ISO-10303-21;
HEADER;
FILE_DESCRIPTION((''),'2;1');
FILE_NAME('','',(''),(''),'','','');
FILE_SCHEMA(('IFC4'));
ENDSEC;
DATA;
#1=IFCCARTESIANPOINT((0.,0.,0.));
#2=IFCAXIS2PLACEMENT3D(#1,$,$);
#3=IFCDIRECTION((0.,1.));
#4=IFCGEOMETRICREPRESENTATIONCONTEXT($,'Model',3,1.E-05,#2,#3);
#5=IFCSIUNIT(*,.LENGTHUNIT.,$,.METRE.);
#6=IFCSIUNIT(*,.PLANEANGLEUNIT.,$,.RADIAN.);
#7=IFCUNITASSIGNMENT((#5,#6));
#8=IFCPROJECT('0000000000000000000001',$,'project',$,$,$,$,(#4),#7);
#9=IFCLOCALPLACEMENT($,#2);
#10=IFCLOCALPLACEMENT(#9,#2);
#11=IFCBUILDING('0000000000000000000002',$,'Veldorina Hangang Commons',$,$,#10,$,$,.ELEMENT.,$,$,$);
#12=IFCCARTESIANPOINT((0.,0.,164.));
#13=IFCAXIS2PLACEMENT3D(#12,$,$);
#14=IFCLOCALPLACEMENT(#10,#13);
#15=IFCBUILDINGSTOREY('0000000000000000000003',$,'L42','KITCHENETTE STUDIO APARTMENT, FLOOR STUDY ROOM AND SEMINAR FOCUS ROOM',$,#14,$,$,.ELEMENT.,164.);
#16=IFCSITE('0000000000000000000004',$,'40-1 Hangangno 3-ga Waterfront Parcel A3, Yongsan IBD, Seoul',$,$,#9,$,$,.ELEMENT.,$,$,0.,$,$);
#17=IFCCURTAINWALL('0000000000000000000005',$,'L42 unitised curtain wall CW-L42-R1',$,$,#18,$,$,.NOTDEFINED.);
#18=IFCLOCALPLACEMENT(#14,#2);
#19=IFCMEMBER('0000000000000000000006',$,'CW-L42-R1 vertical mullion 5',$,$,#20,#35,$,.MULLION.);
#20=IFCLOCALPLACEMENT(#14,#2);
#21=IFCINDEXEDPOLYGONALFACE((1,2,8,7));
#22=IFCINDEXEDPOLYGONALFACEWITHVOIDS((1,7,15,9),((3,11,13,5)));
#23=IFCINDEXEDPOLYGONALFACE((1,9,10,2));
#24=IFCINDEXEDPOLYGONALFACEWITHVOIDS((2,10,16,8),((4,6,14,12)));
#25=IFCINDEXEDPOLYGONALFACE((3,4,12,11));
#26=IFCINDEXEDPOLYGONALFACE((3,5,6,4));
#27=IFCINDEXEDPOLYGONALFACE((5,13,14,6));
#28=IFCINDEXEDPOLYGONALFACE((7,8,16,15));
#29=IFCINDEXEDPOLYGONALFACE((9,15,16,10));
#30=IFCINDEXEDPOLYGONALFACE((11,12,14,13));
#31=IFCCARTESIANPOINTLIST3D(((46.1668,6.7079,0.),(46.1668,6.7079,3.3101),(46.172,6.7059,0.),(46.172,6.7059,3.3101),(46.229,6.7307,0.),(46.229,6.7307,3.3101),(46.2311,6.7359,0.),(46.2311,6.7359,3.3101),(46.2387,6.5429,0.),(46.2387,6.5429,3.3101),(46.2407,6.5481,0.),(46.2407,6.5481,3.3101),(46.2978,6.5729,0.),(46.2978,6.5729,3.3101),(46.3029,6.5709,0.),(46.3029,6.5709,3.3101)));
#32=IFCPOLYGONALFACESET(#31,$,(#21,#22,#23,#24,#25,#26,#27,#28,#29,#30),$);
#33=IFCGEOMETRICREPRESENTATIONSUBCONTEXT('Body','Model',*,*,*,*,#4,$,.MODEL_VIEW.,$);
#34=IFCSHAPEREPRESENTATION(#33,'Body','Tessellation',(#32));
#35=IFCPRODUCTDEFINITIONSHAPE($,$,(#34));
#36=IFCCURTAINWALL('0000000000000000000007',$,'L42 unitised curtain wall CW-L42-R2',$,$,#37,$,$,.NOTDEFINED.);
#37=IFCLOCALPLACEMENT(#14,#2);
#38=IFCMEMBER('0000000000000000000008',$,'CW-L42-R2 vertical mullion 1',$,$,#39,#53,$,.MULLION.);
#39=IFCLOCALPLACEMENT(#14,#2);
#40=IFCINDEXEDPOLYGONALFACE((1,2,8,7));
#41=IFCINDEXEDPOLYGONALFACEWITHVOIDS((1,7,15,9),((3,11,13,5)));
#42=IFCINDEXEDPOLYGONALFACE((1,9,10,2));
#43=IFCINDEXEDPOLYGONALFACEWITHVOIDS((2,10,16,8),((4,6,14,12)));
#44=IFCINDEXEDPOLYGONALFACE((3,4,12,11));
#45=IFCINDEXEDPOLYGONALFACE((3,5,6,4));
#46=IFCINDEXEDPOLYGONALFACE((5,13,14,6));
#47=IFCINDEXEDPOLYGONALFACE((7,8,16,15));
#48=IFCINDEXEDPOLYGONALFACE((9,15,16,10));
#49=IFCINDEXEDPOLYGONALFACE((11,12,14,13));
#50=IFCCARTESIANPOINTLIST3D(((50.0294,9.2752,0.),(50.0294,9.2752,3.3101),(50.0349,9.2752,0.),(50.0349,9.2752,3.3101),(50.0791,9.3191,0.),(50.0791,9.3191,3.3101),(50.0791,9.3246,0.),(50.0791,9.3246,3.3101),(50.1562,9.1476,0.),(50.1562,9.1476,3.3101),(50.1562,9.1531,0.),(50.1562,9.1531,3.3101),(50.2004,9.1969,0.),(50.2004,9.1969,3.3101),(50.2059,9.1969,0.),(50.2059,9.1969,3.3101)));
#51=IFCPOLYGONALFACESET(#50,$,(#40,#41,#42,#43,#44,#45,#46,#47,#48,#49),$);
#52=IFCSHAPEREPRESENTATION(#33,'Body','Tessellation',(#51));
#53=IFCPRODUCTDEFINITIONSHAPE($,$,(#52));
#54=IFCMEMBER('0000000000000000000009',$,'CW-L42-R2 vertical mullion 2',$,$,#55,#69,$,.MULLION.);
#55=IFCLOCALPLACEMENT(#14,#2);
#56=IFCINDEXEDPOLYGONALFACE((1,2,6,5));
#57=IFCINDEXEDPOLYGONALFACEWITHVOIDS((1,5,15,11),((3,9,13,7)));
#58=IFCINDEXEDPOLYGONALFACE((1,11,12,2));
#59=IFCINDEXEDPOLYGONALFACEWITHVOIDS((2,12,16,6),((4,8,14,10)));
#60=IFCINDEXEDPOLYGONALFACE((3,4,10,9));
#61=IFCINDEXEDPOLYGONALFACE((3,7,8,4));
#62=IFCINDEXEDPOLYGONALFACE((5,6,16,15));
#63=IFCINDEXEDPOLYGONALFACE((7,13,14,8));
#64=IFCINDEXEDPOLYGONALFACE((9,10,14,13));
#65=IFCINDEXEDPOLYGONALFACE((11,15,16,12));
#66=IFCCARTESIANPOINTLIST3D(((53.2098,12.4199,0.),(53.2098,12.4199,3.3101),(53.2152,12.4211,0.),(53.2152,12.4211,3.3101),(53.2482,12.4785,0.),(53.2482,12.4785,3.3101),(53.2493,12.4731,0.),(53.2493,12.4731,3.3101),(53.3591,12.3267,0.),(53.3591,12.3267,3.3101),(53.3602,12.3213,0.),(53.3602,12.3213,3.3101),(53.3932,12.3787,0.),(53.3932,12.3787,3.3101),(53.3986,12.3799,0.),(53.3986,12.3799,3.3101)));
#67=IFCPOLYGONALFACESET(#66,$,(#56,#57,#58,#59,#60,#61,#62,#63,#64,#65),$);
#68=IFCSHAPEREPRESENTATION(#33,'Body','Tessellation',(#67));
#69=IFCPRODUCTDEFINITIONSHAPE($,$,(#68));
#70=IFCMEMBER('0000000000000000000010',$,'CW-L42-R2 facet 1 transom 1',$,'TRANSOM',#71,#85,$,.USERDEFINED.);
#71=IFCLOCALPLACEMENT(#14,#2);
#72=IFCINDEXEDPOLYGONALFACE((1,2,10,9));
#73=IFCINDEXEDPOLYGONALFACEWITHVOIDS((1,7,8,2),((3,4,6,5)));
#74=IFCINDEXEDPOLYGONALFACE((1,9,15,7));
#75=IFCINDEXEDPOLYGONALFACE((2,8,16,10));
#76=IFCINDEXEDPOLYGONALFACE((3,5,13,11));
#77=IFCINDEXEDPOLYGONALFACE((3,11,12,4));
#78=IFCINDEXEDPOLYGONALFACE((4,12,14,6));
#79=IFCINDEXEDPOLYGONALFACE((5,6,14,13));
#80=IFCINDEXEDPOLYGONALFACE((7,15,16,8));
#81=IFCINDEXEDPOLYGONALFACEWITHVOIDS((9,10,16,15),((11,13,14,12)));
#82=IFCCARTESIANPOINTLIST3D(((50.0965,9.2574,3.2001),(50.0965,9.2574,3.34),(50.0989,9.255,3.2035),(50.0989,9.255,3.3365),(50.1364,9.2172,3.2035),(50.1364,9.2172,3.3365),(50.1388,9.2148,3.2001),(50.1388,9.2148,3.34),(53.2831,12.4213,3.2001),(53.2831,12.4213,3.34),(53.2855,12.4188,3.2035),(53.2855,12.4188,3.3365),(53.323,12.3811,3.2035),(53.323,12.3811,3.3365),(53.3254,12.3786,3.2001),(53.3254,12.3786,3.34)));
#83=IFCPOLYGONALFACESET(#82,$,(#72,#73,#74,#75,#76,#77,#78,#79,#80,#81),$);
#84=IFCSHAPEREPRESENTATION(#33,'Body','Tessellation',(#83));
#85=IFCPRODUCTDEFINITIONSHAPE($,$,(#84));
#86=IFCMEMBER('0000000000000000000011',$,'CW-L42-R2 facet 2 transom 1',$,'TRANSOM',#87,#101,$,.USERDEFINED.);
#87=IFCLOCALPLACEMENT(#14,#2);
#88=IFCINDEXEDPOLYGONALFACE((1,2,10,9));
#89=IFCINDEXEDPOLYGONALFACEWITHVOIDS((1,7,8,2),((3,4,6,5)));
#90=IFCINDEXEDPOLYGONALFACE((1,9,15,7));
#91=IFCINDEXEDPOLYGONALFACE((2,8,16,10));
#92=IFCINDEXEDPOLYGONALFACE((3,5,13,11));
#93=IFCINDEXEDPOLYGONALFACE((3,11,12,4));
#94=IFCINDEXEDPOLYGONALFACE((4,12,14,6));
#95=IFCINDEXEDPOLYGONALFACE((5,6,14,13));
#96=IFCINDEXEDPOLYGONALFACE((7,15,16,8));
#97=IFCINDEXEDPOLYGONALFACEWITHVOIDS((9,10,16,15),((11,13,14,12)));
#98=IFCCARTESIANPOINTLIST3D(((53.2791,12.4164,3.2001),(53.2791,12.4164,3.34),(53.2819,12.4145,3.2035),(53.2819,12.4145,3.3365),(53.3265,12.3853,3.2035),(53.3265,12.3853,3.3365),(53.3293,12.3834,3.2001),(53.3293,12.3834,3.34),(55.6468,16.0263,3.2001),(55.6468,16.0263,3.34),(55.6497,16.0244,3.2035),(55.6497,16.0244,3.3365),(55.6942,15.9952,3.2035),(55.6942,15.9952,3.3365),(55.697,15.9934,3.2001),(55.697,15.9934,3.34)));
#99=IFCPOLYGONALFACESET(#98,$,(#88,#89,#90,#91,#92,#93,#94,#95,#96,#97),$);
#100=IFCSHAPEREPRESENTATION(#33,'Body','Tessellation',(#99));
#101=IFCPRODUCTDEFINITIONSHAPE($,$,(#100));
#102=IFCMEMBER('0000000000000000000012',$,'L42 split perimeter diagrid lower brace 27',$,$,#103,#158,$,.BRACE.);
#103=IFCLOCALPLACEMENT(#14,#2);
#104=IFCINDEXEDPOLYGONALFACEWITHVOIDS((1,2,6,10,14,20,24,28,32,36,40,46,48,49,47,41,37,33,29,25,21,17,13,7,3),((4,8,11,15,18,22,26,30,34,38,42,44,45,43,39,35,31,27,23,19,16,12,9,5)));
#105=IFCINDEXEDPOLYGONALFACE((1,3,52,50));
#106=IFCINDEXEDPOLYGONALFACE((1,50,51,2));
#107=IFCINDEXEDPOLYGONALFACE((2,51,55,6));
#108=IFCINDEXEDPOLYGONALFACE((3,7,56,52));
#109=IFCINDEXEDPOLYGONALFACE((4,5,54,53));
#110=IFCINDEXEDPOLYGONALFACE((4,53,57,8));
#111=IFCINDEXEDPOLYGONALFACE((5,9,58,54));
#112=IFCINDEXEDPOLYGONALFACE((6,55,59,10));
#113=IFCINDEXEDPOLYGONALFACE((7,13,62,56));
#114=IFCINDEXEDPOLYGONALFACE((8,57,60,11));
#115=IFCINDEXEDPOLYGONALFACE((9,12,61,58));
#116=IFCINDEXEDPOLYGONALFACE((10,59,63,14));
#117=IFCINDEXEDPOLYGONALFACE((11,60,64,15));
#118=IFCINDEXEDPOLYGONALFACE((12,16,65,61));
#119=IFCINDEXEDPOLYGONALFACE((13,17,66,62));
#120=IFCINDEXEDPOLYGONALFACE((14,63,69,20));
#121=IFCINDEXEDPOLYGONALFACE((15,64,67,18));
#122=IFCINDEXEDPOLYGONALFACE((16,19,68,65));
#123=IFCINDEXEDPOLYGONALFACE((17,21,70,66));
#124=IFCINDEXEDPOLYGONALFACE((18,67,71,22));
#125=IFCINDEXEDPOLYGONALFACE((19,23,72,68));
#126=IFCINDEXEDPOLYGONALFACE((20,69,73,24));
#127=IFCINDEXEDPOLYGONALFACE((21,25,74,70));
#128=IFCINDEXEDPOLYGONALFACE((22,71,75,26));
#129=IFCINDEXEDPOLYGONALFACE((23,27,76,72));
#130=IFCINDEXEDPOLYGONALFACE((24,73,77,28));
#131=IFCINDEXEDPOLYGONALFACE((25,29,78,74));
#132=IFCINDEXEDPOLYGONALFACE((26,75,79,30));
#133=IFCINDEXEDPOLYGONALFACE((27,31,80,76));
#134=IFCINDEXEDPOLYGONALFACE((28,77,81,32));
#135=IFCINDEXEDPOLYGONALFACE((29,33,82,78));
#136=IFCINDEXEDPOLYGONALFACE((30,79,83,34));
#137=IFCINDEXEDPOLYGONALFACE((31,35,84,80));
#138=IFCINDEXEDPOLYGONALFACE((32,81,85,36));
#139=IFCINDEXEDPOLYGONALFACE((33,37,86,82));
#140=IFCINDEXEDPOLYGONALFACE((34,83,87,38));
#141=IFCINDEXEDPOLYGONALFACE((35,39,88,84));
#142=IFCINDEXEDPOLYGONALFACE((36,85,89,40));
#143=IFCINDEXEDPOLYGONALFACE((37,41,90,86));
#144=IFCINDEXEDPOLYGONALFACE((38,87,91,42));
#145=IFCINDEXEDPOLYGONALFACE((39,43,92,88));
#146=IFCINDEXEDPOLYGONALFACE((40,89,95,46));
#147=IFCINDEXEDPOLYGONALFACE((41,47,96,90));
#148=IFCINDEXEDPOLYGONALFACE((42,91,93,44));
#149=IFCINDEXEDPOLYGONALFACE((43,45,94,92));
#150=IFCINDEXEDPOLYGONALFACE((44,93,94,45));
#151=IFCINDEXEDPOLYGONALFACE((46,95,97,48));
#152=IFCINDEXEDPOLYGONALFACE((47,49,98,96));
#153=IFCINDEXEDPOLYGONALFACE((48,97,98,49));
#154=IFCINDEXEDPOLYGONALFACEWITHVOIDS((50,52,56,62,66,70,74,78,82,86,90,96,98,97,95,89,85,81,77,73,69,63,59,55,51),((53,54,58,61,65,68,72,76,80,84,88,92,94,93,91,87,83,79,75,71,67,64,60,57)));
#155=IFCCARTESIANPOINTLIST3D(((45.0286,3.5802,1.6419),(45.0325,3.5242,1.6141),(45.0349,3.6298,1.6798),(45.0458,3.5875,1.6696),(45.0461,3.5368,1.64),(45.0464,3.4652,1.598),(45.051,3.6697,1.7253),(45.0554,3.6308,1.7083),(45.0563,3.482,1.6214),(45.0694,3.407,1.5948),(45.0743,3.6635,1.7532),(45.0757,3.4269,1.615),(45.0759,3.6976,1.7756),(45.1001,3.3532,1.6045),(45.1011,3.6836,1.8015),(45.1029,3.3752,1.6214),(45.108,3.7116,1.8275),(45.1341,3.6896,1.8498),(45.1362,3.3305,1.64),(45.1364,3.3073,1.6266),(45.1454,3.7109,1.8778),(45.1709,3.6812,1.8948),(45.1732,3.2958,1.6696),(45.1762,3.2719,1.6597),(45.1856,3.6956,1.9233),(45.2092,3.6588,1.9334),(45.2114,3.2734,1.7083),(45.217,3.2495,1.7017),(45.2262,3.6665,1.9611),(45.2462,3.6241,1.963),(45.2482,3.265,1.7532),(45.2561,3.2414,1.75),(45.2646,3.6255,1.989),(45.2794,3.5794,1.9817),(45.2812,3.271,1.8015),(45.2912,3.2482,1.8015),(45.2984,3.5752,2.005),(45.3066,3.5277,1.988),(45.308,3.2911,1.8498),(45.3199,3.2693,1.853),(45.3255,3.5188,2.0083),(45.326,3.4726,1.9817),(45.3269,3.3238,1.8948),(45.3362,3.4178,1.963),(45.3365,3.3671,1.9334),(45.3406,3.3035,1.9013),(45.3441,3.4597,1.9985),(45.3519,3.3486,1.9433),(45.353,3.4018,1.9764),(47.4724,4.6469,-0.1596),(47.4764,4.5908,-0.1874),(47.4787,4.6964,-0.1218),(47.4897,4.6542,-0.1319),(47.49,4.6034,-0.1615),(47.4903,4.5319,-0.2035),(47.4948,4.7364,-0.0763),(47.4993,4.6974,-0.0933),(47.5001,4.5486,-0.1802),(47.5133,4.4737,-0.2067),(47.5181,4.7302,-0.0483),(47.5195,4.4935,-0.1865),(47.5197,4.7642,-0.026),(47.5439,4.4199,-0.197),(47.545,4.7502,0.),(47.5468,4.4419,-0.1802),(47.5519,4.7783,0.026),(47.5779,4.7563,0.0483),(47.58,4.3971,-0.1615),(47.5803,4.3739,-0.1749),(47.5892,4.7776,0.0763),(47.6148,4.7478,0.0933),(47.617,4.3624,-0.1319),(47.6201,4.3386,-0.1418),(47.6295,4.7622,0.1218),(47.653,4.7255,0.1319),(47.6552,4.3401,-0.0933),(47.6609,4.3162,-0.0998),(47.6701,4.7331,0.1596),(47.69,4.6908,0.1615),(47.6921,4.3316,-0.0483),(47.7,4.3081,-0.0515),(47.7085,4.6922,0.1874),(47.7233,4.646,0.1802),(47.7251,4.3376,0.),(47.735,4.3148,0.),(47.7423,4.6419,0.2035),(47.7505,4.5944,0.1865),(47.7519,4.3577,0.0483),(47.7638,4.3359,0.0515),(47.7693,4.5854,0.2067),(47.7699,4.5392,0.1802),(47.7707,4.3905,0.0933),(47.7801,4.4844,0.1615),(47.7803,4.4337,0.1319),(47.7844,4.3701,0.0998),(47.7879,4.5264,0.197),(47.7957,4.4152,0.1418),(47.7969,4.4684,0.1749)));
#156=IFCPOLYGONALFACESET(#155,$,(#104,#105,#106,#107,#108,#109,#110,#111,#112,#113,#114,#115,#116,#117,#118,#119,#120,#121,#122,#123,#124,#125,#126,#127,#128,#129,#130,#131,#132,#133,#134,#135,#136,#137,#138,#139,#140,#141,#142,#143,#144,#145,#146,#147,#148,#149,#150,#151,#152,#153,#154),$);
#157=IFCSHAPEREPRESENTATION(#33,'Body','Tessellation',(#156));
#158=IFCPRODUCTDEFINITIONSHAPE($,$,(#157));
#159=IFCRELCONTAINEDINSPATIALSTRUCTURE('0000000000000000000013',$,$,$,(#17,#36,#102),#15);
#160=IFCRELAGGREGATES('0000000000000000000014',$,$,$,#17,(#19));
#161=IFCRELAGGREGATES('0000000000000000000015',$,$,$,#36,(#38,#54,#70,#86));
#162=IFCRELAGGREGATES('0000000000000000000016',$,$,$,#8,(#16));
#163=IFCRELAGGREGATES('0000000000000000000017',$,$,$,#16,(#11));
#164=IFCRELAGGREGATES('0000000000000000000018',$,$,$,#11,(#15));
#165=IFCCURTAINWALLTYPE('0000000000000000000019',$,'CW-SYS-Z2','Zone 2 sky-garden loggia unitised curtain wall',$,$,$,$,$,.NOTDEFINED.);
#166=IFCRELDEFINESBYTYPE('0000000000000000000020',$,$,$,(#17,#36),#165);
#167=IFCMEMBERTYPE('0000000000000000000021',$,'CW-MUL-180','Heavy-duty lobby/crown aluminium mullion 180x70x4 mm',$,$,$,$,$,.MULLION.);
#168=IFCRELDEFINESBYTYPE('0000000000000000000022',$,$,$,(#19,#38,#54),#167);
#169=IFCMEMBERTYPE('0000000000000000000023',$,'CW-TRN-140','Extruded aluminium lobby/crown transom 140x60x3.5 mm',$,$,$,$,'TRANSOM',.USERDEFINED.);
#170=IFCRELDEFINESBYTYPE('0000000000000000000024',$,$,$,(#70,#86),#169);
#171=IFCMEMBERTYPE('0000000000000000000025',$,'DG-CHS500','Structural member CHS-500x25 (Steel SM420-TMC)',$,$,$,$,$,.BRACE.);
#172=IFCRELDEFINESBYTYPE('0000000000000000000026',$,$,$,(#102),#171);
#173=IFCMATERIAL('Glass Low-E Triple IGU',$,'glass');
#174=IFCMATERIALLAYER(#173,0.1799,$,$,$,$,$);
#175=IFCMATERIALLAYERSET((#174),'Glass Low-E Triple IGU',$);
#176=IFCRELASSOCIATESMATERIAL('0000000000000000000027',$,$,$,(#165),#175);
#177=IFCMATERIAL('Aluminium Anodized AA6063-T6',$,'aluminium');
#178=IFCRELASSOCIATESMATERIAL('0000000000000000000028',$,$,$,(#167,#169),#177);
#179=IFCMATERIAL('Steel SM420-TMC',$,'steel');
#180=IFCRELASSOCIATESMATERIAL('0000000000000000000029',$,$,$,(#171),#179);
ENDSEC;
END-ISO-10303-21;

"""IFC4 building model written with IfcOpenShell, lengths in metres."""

from ifc_helpers import new_model, si_unit, direction, frame, origin, origin_2d, place, context, subcontext, project, spatial, hollow_rectangle, hollow_circle, extrude, material, layer, layer_set, material_profile, profile_set, type_object, element, aggregate, save


model = new_model("IFC4")

# Units and contexts
model_context = context("Model", 3, precision=1e-05, world=origin(), true_north=direction((0.0, 1.0)))
body_context = subcontext(model_context, "Body", "Model", "MODEL_VIEW")
ifc_project = project(units=[si_unit("LENGTHUNIT", "METRE"), si_unit("PLANEANGLEUNIT", "RADIAN")], contexts=[model_context])

# Site, building, storey
site_placement = place(None, origin())
site = spatial("IfcSite", under=ifc_project, at=site_placement, Name="40-1 Hangangno 3-ga Waterfront Parcel A3, Yongsan IBD, Seoul", CompositionType="ELEMENT", RefElevation=0.0)
building_placement = place(site_placement, origin())
building = spatial("IfcBuilding", under=site, at=building_placement, Name="Veldorina Hangang Commons", CompositionType="ELEMENT")
storey_placement = place(building_placement, frame((0.0, 0.0, 164.0)))
storey = spatial("IfcBuildingStorey", under=building, at=storey_placement, Name="L42", Description="KITCHENETTE STUDIO APARTMENT, FLOOR STUDY ROOM AND SEMINAR FOCUS ROOM", CompositionType="ELEMENT", Elevation=164.0)

# Shared definitions
ifc_material_1 = material(Name="Steel SM420-TMC", Category="steel")

# Curtain wall, member
ifc_material_2 = material(Name="Glass Low-E Triple IGU", Category="glass")
ifc_layer_1 = layer(ifc_material_2, 0.1799)
ifc_layer_set_1 = layer_set([ifc_layer_1], Name="Glass Low-E Triple IGU")
curtain_wall_type = type_object("IfcCurtainWallType", Name="CW-SYS-Z2", Description="Zone 2 sky-garden loggia unitised curtain wall", PredefinedType="NOTDEFINED", material=ifc_layer_set_1)
curtain_wall_1_placement = place(storey_placement, origin())
curtain_wall_1 = element("IfcCurtainWall", 1, at=curtain_wall_1_placement, inside=storey, type_object=curtain_wall_type, Name="L42 unitised curtain wall CW-L42-R1", PredefinedType="NOTDEFINED")
ifc_material_3 = material(Name="Aluminium Anodized AA6063-T6", Category="aluminium")
ifc_material_profile_1 = material_profile(ifc_material_3, hollow_rectangle(XDim=0.0701, YDim=0.1799, WallThickness=0.0039, at=origin_2d()), Name="ALU-RHS-180x70x4")
ifc_profile_set_1 = profile_set([ifc_material_profile_1], Name="Aluminium Anodized AA6063-T6")
member_type_1 = type_object("IfcMemberType", Name="CW-MUL-180", Description="Heavy-duty lobby/crown aluminium mullion 180x70x4 mm", PredefinedType="MULLION", material=ifc_profile_set_1)
member_1_placement = place(storey_placement, frame((46.2349, 6.6394, 0.0), z_axis=(0.0, 0.0, 1.0), x_axis=(-0.916809, -0.399325, 0.0)))
member_1 = element("IfcMember", 2, at=member_1_placement, type_object=member_type_1, Name="CW-L42-R1 vertical mullion 5", PredefinedType="MULLION", context=body_context, shape_type="SweptSolid", body=[
    extrude(hollow_rectangle(XDim=0.0701, YDim=0.1799, WallThickness=0.0039, at=origin_2d()), origin(), (0.0, 0.0, 1.0), 3.3101),
])

# Curtain wall, members
curtain_wall_2_placement = place(storey_placement, origin())
curtain_wall_2 = element("IfcCurtainWall", 3, at=curtain_wall_2_placement, inside=storey, type_object=curtain_wall_type, Name="L42 unitised curtain wall CW-L42-R2", PredefinedType="NOTDEFINED")
member_2_placement = place(storey_placement, frame((50.1177, 9.2361, 0.0), z_axis=(0.0, 0.0, 1.0), x_axis=(0.709608, 0.704597, 0.0)))
member_2 = element("IfcMember", 4, at=member_2_placement, type_object=member_type_1, Name="CW-L42-R2 vertical mullion 1", PredefinedType="MULLION", context=body_context, shape_type="SweptSolid", body=[
    extrude(hollow_rectangle(XDim=0.0701, YDim=0.1799, WallThickness=0.0039, at=origin_2d()), origin(), (0.0, 0.0, 1.0), 3.3101),
])
member_3_placement = place(storey_placement, frame((53.3042, 12.3999, 0.0), z_axis=(0.0, 0.0, 1.0), x_axis=(0.548454, 0.836181, 0.0)))
member_3 = element("IfcMember", 5, at=member_3_placement, type_object=member_type_1, Name="CW-L42-R2 vertical mullion 2", PredefinedType="MULLION", context=body_context, shape_type="SweptSolid", body=[
    extrude(hollow_rectangle(XDim=0.0701, YDim=0.1799, WallThickness=0.0039, at=origin_2d()), origin(), (0.0, 0.0, 1.0), 3.3101),
])
ifc_material_profile_2 = material_profile(ifc_material_3, hollow_rectangle(XDim=0.0601, YDim=0.1399, WallThickness=0.0034, at=origin_2d()), Name="ALU-RHS-140x60x3.5")
ifc_profile_set_2 = profile_set([ifc_material_profile_2], Name="Aluminium Anodized AA6063-T6")
member_type_2 = type_object("IfcMemberType", Name="CW-TRN-140", Description="Extruded aluminium lobby/crown transom 140x60x3.5 mm", ElementType="TRANSOM", PredefinedType="USERDEFINED", material=ifc_profile_set_2)
member_4_placement = place(storey_placement, frame((50.1177, 9.2361, 3.27), z_axis=(0.70963, 0.704574, 0.0), x_axis=(-0.704574, 0.70963, 0.0)))
member_4 = element("IfcMember", 6, at=member_4_placement, type_object=member_type_2, Name="CW-L42-R2 facet 1 transom 1", ObjectType="TRANSOM", PredefinedType="USERDEFINED", context=body_context, shape_type="SweptSolid", body=[
    extrude(hollow_rectangle(XDim=0.0601, YDim=0.1399, WallThickness=0.0034, at=origin_2d()), origin(), (0.0, 0.0, 1.0), 4.4905),
])
member_5_placement = place(storey_placement, frame((53.3042, 12.3999, 3.27), z_axis=(0.548446, 0.836186, 0.0), x_axis=(-0.836186, 0.548446, 0.0)))
member_5 = element("IfcMember", 7, at=member_5_placement, type_object=member_type_2, Name="CW-L42-R2 facet 2 transom 1", ObjectType="TRANSOM", PredefinedType="USERDEFINED", context=body_context, shape_type="SweptSolid", body=[
    extrude(hollow_rectangle(XDim=0.0601, YDim=0.1399, WallThickness=0.0034, at=origin_2d()), origin(), (0.0, 0.0, 1.0), 4.3171),
])

# Member
ifc_material_profile_3 = material_profile(ifc_material_1, hollow_circle(Radius=0.25, WallThickness=0.0249, at=origin_2d()), Name="CHS-500x25")
ifc_profile_set_3 = profile_set([ifc_material_profile_3], Name="Steel SM420-TMC")
member_type_3 = type_object("IfcMemberType", Name="DG-CHS500", Description="Structural member CHS-500x25 (Steel SM420-TMC)", PredefinedType="BRACE", material=ifc_profile_set_3)
member_6_placement = place(storey_placement, frame((47.635, 4.5439, 0.0), z_axis=(-0.759428, -0.331463, 0.559822), x_axis=(0.400021, -0.916506, 0.0)))
element("IfcMember", 8, at=member_6_placement, inside=storey, type_object=member_type_3, Name="L42 split perimeter diagrid lower brace 27", PredefinedType="BRACE", context=body_context, shape_type="SweptSolid", body=[
    extrude(hollow_circle(Radius=0.25, WallThickness=0.0249, at=origin_2d()), origin(), (0.0, 0.0, 1.0), 3.218),
])

aggregate(curtain_wall_1, [member_1])
aggregate(curtain_wall_2, [member_2, member_3, member_4, member_5])

save(model, "model.ifc")
